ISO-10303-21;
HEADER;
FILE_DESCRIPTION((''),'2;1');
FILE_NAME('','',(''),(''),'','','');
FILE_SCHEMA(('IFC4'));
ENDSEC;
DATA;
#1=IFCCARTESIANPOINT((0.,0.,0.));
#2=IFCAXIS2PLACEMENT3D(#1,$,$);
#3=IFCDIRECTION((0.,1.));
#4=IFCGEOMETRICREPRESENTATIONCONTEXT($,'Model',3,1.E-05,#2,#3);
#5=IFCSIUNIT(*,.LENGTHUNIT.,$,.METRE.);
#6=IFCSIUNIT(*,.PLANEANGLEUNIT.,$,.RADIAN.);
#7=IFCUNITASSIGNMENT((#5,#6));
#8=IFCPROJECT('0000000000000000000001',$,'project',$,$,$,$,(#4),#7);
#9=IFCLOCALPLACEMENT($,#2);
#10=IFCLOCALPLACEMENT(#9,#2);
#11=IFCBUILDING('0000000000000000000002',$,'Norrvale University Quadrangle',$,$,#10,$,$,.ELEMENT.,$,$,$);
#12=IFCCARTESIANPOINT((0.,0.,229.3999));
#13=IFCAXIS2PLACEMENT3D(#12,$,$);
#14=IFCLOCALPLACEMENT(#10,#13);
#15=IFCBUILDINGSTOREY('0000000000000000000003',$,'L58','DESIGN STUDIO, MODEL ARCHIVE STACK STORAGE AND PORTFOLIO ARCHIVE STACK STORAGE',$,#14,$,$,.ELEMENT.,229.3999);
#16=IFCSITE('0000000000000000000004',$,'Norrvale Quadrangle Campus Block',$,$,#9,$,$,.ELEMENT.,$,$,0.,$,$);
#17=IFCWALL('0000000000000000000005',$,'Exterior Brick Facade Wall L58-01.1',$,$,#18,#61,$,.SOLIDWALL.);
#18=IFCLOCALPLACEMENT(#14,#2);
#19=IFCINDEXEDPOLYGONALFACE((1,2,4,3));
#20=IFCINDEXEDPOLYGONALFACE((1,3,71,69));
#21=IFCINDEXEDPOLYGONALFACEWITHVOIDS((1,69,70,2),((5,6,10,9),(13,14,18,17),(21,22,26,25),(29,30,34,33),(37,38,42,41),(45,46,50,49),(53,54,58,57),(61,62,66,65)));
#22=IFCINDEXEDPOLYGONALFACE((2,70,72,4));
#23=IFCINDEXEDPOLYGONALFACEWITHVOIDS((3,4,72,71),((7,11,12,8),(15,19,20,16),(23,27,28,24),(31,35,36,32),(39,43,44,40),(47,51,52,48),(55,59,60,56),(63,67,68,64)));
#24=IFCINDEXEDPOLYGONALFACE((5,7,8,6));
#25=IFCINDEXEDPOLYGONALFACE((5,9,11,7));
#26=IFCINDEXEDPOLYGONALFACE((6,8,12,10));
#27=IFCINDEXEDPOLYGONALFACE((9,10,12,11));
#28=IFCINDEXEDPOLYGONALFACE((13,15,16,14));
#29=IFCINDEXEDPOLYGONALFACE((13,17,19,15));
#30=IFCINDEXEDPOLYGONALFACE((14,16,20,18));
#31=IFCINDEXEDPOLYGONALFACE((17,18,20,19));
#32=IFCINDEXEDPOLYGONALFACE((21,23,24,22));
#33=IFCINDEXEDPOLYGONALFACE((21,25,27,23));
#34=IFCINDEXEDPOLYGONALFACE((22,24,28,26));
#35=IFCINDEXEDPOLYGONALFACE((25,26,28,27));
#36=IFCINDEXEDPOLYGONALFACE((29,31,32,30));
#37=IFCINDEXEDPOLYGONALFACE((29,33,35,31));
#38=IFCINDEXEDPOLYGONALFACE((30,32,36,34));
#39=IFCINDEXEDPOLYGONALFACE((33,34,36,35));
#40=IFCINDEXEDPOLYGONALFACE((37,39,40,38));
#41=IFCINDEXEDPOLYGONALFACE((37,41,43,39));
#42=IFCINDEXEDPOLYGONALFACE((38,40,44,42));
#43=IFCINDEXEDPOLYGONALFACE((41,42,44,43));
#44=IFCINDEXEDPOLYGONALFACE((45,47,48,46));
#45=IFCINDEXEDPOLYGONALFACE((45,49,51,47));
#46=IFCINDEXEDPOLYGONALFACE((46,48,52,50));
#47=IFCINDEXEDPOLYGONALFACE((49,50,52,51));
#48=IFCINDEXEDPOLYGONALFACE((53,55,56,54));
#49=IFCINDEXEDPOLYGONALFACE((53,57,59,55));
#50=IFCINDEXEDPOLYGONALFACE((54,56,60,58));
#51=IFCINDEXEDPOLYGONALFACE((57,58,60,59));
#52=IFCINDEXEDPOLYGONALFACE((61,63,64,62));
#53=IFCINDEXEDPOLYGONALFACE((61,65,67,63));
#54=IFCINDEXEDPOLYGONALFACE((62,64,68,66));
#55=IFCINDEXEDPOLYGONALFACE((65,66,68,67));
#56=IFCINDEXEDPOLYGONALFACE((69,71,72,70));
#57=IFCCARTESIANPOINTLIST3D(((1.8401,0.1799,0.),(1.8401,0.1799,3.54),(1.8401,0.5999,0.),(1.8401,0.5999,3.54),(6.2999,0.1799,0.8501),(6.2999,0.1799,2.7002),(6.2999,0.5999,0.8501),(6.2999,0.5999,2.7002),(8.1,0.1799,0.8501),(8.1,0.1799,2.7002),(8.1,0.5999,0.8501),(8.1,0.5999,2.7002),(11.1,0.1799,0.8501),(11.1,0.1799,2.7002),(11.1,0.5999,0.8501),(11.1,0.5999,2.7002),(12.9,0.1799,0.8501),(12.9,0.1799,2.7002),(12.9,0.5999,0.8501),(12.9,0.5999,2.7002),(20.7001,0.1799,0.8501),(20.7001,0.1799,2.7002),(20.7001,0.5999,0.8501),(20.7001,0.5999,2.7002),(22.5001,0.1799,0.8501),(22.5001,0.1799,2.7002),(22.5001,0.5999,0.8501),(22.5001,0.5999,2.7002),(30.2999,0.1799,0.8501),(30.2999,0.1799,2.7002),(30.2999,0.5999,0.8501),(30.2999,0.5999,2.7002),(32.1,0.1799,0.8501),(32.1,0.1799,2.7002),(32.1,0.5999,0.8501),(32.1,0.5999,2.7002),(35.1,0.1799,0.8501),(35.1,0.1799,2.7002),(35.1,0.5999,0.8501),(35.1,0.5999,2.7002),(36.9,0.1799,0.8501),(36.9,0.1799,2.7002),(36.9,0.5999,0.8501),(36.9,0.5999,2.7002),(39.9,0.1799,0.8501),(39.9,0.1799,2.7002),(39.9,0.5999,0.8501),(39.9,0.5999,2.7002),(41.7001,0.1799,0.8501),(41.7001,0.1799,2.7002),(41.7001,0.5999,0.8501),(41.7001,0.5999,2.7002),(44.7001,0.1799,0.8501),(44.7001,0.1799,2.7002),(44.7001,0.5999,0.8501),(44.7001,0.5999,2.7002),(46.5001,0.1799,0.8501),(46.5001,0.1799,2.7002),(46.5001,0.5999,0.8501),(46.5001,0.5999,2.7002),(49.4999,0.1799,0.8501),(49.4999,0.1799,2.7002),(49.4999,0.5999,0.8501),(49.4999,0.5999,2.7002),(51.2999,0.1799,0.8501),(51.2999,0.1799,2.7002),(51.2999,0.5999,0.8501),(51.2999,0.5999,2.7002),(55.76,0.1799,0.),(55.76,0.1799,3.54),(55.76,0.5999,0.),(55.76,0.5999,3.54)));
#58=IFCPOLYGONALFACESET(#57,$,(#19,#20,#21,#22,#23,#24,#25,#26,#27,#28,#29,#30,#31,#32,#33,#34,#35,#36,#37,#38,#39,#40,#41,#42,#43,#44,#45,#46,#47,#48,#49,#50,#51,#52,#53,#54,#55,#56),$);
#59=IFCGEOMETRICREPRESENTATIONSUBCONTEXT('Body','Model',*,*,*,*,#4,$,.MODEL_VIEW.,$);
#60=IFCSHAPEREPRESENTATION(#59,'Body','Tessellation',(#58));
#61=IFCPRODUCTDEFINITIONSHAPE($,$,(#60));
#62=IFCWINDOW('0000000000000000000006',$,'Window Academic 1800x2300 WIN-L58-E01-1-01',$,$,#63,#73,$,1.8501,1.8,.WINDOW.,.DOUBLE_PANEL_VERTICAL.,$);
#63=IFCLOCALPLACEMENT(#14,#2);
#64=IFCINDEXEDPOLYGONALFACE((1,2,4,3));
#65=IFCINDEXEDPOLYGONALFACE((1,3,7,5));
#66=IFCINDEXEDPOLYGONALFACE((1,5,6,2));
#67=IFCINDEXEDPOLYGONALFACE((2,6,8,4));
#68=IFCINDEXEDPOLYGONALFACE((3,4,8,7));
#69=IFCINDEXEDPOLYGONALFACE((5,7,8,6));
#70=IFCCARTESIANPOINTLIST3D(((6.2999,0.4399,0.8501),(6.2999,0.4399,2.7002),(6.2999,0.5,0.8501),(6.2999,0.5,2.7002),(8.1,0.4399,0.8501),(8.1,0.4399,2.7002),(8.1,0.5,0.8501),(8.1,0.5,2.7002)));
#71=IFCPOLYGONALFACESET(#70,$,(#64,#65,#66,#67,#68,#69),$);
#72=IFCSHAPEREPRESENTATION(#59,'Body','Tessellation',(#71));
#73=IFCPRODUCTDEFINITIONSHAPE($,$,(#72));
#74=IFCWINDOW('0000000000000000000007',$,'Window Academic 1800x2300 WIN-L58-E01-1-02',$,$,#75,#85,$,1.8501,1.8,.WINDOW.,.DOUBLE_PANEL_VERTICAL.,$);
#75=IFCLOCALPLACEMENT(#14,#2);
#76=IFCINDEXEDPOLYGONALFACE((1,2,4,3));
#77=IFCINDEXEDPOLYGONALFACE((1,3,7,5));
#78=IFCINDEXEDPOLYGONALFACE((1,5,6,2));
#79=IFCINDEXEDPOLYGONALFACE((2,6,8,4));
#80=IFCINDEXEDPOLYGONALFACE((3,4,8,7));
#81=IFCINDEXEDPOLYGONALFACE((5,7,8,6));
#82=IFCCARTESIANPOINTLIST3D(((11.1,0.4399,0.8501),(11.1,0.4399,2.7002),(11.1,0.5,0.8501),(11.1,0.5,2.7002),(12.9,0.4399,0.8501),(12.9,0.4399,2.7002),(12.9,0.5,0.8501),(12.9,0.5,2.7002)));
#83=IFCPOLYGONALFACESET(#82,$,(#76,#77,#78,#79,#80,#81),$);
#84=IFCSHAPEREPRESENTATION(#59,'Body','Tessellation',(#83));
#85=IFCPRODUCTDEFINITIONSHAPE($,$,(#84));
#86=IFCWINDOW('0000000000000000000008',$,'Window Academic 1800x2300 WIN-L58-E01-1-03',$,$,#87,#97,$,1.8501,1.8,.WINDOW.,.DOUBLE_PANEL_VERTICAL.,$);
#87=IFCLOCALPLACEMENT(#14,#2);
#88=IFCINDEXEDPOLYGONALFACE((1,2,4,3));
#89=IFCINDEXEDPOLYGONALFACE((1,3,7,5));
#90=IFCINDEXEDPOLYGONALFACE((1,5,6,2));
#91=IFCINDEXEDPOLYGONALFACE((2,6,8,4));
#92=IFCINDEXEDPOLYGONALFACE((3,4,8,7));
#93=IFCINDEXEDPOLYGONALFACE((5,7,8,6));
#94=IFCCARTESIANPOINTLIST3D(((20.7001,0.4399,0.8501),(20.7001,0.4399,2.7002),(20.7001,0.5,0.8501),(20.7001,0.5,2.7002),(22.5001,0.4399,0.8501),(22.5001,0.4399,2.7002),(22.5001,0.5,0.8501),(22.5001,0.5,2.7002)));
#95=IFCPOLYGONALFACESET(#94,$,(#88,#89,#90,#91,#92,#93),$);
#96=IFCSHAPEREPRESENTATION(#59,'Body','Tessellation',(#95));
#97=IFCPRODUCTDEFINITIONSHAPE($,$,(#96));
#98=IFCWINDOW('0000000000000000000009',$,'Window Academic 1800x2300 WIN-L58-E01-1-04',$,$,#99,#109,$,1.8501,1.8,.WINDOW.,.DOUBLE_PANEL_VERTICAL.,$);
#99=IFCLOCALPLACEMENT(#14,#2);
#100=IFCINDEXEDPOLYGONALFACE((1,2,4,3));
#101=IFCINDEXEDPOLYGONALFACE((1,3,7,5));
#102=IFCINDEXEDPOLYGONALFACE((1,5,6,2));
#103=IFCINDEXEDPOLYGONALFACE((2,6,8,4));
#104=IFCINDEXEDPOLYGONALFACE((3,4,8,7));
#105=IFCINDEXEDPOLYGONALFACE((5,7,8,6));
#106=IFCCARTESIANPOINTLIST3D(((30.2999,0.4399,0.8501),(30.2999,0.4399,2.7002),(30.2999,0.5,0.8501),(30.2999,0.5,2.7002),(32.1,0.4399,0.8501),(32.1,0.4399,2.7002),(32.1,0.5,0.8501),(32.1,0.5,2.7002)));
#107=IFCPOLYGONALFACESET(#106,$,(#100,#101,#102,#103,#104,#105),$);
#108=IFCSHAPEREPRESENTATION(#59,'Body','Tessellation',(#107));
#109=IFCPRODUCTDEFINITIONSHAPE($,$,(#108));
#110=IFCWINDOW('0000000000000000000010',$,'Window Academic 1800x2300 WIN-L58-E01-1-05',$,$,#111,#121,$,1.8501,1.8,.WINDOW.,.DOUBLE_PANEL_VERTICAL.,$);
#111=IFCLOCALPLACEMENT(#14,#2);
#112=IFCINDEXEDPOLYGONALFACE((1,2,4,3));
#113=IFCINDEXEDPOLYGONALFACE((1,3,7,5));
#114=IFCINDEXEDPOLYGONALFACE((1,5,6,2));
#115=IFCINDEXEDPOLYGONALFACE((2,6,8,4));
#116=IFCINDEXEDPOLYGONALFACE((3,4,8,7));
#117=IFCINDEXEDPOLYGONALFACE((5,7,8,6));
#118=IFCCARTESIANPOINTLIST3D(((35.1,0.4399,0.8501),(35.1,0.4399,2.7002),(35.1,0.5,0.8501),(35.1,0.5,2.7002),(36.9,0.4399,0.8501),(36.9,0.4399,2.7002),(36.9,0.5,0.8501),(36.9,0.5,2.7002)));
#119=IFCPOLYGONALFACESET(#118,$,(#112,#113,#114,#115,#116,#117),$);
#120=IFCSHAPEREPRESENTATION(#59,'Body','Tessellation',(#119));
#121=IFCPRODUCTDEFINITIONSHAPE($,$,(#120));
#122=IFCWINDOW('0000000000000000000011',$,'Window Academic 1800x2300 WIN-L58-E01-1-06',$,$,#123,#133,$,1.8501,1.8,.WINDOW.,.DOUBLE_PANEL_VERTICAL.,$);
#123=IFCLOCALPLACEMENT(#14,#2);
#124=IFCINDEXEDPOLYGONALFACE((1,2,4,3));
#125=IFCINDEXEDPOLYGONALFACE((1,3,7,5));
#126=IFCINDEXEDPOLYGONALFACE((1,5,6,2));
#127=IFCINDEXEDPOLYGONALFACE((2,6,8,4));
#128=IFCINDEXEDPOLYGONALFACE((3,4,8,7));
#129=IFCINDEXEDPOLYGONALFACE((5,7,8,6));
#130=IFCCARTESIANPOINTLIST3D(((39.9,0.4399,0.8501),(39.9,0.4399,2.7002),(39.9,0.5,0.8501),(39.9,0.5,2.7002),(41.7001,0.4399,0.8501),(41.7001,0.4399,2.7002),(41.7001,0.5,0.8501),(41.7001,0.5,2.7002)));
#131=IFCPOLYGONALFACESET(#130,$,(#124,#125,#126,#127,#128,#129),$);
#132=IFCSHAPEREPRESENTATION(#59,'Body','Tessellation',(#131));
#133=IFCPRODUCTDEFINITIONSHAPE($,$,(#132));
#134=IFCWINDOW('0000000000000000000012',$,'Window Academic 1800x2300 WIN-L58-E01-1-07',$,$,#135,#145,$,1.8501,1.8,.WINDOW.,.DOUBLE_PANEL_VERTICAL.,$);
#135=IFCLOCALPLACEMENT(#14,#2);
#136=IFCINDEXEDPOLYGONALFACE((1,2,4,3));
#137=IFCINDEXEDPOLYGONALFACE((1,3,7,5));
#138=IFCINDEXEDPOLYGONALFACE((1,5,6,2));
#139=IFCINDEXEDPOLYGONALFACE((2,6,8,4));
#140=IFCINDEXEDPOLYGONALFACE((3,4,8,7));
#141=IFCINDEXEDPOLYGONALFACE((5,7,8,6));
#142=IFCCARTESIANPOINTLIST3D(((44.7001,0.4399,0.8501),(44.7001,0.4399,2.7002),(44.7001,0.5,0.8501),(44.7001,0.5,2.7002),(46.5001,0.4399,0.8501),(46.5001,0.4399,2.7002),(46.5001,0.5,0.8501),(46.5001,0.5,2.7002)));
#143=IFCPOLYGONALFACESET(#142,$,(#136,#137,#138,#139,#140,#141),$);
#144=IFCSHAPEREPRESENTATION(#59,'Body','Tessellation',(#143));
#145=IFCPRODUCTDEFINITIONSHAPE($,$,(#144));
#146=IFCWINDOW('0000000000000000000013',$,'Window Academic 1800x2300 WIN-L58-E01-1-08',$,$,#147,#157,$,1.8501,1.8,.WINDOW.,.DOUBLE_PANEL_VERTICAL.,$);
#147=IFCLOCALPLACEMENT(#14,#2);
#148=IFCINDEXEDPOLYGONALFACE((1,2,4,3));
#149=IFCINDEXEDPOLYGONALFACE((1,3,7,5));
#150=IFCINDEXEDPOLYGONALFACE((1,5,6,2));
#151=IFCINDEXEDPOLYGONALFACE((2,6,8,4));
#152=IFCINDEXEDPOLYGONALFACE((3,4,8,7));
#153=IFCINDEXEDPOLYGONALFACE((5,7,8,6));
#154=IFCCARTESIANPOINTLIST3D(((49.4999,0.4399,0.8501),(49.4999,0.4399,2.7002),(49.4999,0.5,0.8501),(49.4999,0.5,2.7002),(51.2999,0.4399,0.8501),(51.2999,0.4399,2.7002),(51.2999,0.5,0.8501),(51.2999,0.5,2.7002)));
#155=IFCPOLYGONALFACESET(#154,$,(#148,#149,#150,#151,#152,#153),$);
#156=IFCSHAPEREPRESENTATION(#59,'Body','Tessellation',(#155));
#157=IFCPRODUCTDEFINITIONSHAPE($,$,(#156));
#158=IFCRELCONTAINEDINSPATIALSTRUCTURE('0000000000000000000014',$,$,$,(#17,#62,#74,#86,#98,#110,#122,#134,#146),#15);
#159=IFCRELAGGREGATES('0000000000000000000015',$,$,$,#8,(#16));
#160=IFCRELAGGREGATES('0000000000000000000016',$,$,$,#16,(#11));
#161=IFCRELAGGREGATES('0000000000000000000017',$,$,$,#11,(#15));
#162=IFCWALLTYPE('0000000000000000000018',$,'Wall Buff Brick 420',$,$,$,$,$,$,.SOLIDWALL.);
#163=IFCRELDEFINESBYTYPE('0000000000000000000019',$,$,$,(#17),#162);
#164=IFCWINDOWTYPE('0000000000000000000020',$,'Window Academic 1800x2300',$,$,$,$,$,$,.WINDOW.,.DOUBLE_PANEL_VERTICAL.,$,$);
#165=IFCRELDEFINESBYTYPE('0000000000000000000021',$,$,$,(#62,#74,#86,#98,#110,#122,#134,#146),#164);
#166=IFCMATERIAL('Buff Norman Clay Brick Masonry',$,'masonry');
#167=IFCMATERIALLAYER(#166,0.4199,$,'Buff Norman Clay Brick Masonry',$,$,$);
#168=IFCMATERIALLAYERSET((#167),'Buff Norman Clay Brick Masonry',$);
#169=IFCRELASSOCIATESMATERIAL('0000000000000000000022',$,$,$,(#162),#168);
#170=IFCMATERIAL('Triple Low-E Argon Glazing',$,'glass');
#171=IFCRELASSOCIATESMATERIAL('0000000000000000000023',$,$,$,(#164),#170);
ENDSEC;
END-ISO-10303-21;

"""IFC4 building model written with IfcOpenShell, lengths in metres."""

from ifc_helpers import new_model, si_unit, direction, frame, frame_2d, origin, place, context, subcontext, project, spatial, rectangle, extrude, material, layer, layer_set, type_object, element, fill, save


model = new_model("IFC4")

# Units and contexts
model_context = context("Model", 3, precision=1e-05, world=origin(), true_north=direction((0.0, 1.0)))
body_context = subcontext(model_context, "Body", "Model", "MODEL_VIEW")
ifc_project = project(units=[si_unit("LENGTHUNIT", "METRE"), si_unit("PLANEANGLEUNIT", "RADIAN")], contexts=[model_context])

# Site, building, storey
site_placement = place(None, origin())
site = spatial("IfcSite", under=ifc_project, at=site_placement, Name="Norrvale Quadrangle Campus Block", CompositionType="ELEMENT", RefElevation=0.0)
building_placement = place(site_placement, origin())
building = spatial("IfcBuilding", under=site, at=building_placement, Name="Norrvale University Quadrangle", CompositionType="ELEMENT")
storey_placement = place(building_placement, frame((0.0, 0.0, 229.3999)))
storey = spatial("IfcBuildingStorey", under=building, at=storey_placement, Name="L58", Description="DESIGN STUDIO, MODEL ARCHIVE STACK STORAGE AND PORTFOLIO ARCHIVE STACK STORAGE", CompositionType="ELEMENT", Elevation=229.3999)

# Wall, openings, windows
ifc_material_1 = material(Name="Buff Norman Clay Brick Masonry", Category="masonry")
ifc_layer_1 = layer(ifc_material_1, 0.4199, Name="Buff Norman Clay Brick Masonry")
ifc_layer_set_1 = layer_set([ifc_layer_1], Name="Buff Norman Clay Brick Masonry")
wall_type_1 = type_object("IfcWallType", Name="Wall Buff Brick 420", PredefinedType="SOLIDWALL", material=ifc_layer_set_1)
wall_1_placement = place(storey_placement, frame((1.8401, 0.3899, 0.0), z_axis=(0.0, 0.0, 1.0), x_axis=(1.0, 0.0, 0.0)))
wall_1 = element("IfcWall", 1, at=wall_1_placement, inside=storey, type_object=wall_type_1, Name="Exterior Brick Facade Wall L58-01.1", PredefinedType="SOLIDWALL", context=body_context, shape_type="SweptSolid", body=[
    extrude(rectangle(XDim=53.9199, YDim=0.4199, at=frame_2d((26.96, 0.0))), origin(), (0.0, 0.0, 1.0), 3.54),
])
opening_1_placement = place(wall_1_placement, frame((4.46, 0.0, 0.8501)))
opening_1 = element("IfcOpeningElement", 2, at=opening_1_placement, cuts=wall_1, PredefinedType="OPENING", context=body_context, shape_type="SweptSolid", body=[
    extrude(rectangle(XDim=1.8, YDim=1.8501, at=frame_2d((0.8999, 0.925))), frame((0.0, 0.2219, 0.0), z_axis=(0.0, -1.0, 0.0), x_axis=(1.0, 0.0, 0.0)), (0.0, 0.0, 1.0), 0.4438),
])
opening_2_placement = place(wall_1_placement, frame((9.26, 0.0, 0.8501)))
opening_2 = element("IfcOpeningElement", 3, at=opening_2_placement, cuts=wall_1, PredefinedType="OPENING", context=body_context, shape_type="SweptSolid", body=[
    extrude(rectangle(XDim=1.8, YDim=1.8501, at=frame_2d((0.8999, 0.925))), frame((0.0, 0.2219, 0.0), z_axis=(0.0, -1.0, 0.0), x_axis=(1.0, 0.0, 0.0)), (0.0, 0.0, 1.0), 0.4438),
])
opening_3_placement = place(wall_1_placement, frame((18.8601, 0.0, 0.8501)))
opening_3 = element("IfcOpeningElement", 4, at=opening_3_placement, cuts=wall_1, PredefinedType="OPENING", context=body_context, shape_type="SweptSolid", body=[
    extrude(rectangle(XDim=1.8, YDim=1.8501, at=frame_2d((0.8999, 0.925))), frame((0.0, 0.2219, 0.0), z_axis=(0.0, -1.0, 0.0), x_axis=(1.0, 0.0, 0.0)), (0.0, 0.0, 1.0), 0.4438),
])
opening_4_placement = place(wall_1_placement, frame((28.46, 0.0, 0.8501)))
opening_4 = element("IfcOpeningElement", 5, at=opening_4_placement, cuts=wall_1, PredefinedType="OPENING", context=body_context, shape_type="SweptSolid", body=[
    extrude(rectangle(XDim=1.8, YDim=1.8501, at=frame_2d((0.8999, 0.925))), frame((0.0, 0.2219, 0.0), z_axis=(0.0, -1.0, 0.0), x_axis=(1.0, 0.0, 0.0)), (0.0, 0.0, 1.0), 0.4438),
])
opening_5_placement = place(wall_1_placement, frame((33.26, 0.0, 0.8501)))
opening_5 = element("IfcOpeningElement", 6, at=opening_5_placement, cuts=wall_1, PredefinedType="OPENING", context=body_context, shape_type="SweptSolid", body=[
    extrude(rectangle(XDim=1.8, YDim=1.8501, at=frame_2d((0.8999, 0.925))), frame((0.0, 0.2219, 0.0), z_axis=(0.0, -1.0, 0.0), x_axis=(1.0, 0.0, 0.0)), (0.0, 0.0, 1.0), 0.4438),
])
opening_6_placement = place(wall_1_placement, frame((38.0601, 0.0, 0.8501)))
opening_6 = element("IfcOpeningElement", 7, at=opening_6_placement, cuts=wall_1, PredefinedType="OPENING", context=body_context, shape_type="SweptSolid", body=[
    extrude(rectangle(XDim=1.8, YDim=1.8501, at=frame_2d((0.8999, 0.925))), frame((0.0, 0.2219, 0.0), z_axis=(0.0, -1.0, 0.0), x_axis=(1.0, 0.0, 0.0)), (0.0, 0.0, 1.0), 0.4438),
])
opening_7_placement = place(wall_1_placement, frame((42.8601, 0.0, 0.8501)))
opening_7 = element("IfcOpeningElement", 8, at=opening_7_placement, cuts=wall_1, PredefinedType="OPENING", context=body_context, shape_type="SweptSolid", body=[
    extrude(rectangle(XDim=1.8, YDim=1.8501, at=frame_2d((0.8999, 0.925))), frame((0.0, 0.2219, 0.0), z_axis=(0.0, -1.0, 0.0), x_axis=(1.0, 0.0, 0.0)), (0.0, 0.0, 1.0), 0.4438),
])
opening_8_placement = place(wall_1_placement, frame((47.6599, 0.0, 0.8501)))
opening_8 = element("IfcOpeningElement", 9, at=opening_8_placement, cuts=wall_1, PredefinedType="OPENING", context=body_context, shape_type="SweptSolid", body=[
    extrude(rectangle(XDim=1.8, YDim=1.8501, at=frame_2d((0.8999, 0.925))), frame((0.0, 0.2219, 0.0), z_axis=(0.0, -1.0, 0.0), x_axis=(1.0, 0.0, 0.0)), (0.0, 0.0, 1.0), 0.4438),
])
ifc_material_2 = material(Name="Triple Low-E Argon Glazing", Category="glass")
window_type = type_object("IfcWindowType", Name="Window Academic 1800x2300", PartitioningType="DOUBLE_PANEL_VERTICAL", PredefinedType="WINDOW", material=ifc_material_2)
window_1_placement = place(opening_1_placement, origin())
window_1 = element("IfcWindow", 10, at=window_1_placement, inside=storey, type_object=window_type, Name="Window Academic 1800x2300 WIN-L58-E01-1-01", OverallHeight=1.8501, OverallWidth=1.8, PartitioningType="DOUBLE_PANEL_VERTICAL", PredefinedType="WINDOW", context=body_context, shape_type="SweptSolid", body=[
    extrude(rectangle(XDim=1.8, YDim=1.8501, at=frame_2d((0.8999, 0.925))), frame((0.0, 0.1101, 0.0), z_axis=(0.0, -1.0, 0.0), x_axis=(1.0, 0.0, 0.0)), (0.0, 0.0, 1.0), 0.0601),
])
fill(opening_1, window_1)
window_2_placement = place(opening_2_placement, origin())
window_2 = element("IfcWindow", 11, at=window_2_placement, inside=storey, type_object=window_type, Name="Window Academic 1800x2300 WIN-L58-E01-1-02", OverallHeight=1.8501, OverallWidth=1.8, PartitioningType="DOUBLE_PANEL_VERTICAL", PredefinedType="WINDOW", context=body_context, shape_type="SweptSolid", body=[
    extrude(rectangle(XDim=1.8, YDim=1.8501, at=frame_2d((0.8999, 0.925))), frame((0.0, 0.1101, 0.0), z_axis=(0.0, -1.0, 0.0), x_axis=(1.0, 0.0, 0.0)), (0.0, 0.0, 1.0), 0.0601),
])
fill(opening_2, window_2)
window_3_placement = place(opening_3_placement, origin())
window_3 = element("IfcWindow", 12, at=window_3_placement, inside=storey, type_object=window_type, Name="Window Academic 1800x2300 WIN-L58-E01-1-03", OverallHeight=1.8501, OverallWidth=1.8, PartitioningType="DOUBLE_PANEL_VERTICAL", PredefinedType="WINDOW", context=body_context, shape_type="SweptSolid", body=[
    extrude(rectangle(XDim=1.8, YDim=1.8501, at=frame_2d((0.8999, 0.925))), frame((0.0, 0.1101, 0.0), z_axis=(0.0, -1.0, 0.0), x_axis=(1.0, 0.0, 0.0)), (0.0, 0.0, 1.0), 0.0601),
])
fill(opening_3, window_3)
window_4_placement = place(opening_4_placement, origin())
window_4 = element("IfcWindow", 13, at=window_4_placement, inside=storey, type_object=window_type, Name="Window Academic 1800x2300 WIN-L58-E01-1-04", OverallHeight=1.8501, OverallWidth=1.8, PartitioningType="DOUBLE_PANEL_VERTICAL", PredefinedType="WINDOW", context=body_context, shape_type="SweptSolid", body=[
    extrude(rectangle(XDim=1.8, YDim=1.8501, at=frame_2d((0.8999, 0.925))), frame((0.0, 0.1101, 0.0), z_axis=(0.0, -1.0, 0.0), x_axis=(1.0, 0.0, 0.0)), (0.0, 0.0, 1.0), 0.0601),
])
fill(opening_4, window_4)
window_5_placement = place(opening_5_placement, origin())
window_5 = element("IfcWindow", 14, at=window_5_placement, inside=storey, type_object=window_type, Name="Window Academic 1800x2300 WIN-L58-E01-1-05", OverallHeight=1.8501, OverallWidth=1.8, PartitioningType="DOUBLE_PANEL_VERTICAL", PredefinedType="WINDOW", context=body_context, shape_type="SweptSolid", body=[
    extrude(rectangle(XDim=1.8, YDim=1.8501, at=frame_2d((0.8999, 0.925))), frame((0.0, 0.1101, 0.0), z_axis=(0.0, -1.0, 0.0), x_axis=(1.0, 0.0, 0.0)), (0.0, 0.0, 1.0), 0.0601),
])
fill(opening_5, window_5)
window_6_placement = place(opening_6_placement, origin())
window_6 = element("IfcWindow", 15, at=window_6_placement, inside=storey, type_object=window_type, Name="Window Academic 1800x2300 WIN-L58-E01-1-06", OverallHeight=1.8501, OverallWidth=1.8, PartitioningType="DOUBLE_PANEL_VERTICAL", PredefinedType="WINDOW", context=body_context, shape_type="SweptSolid", body=[
    extrude(rectangle(XDim=1.8, YDim=1.8501, at=frame_2d((0.8999, 0.925))), frame((0.0, 0.1101, 0.0), z_axis=(0.0, -1.0, 0.0), x_axis=(1.0, 0.0, 0.0)), (0.0, 0.0, 1.0), 0.0601),
])
fill(opening_6, window_6)
window_7_placement = place(opening_7_placement, origin())
window_7 = element("IfcWindow", 16, at=window_7_placement, inside=storey, type_object=window_type, Name="Window Academic 1800x2300 WIN-L58-E01-1-07", OverallHeight=1.8501, OverallWidth=1.8, PartitioningType="DOUBLE_PANEL_VERTICAL", PredefinedType="WINDOW", context=body_context, shape_type="SweptSolid", body=[
    extrude(rectangle(XDim=1.8, YDim=1.8501, at=frame_2d((0.8999, 0.925))), frame((0.0, 0.1101, 0.0), z_axis=(0.0, -1.0, 0.0), x_axis=(1.0, 0.0, 0.0)), (0.0, 0.0, 1.0), 0.0601),
])
fill(opening_7, window_7)
window_8_placement = place(opening_8_placement, origin())
window_8 = element("IfcWindow", 17, at=window_8_placement, inside=storey, type_object=window_type, Name="Window Academic 1800x2300 WIN-L58-E01-1-08", OverallHeight=1.8501, OverallWidth=1.8, PartitioningType="DOUBLE_PANEL_VERTICAL", PredefinedType="WINDOW", context=body_context, shape_type="SweptSolid", body=[
    extrude(rectangle(XDim=1.8, YDim=1.8501, at=frame_2d((0.8999, 0.925))), frame((0.0, 0.1101, 0.0), z_axis=(0.0, -1.0, 0.0), x_axis=(1.0, 0.0, 0.0)), (0.0, 0.0, 1.0), 0.0601),
])
fill(opening_8, window_8)

save(model, "model.ifc")
